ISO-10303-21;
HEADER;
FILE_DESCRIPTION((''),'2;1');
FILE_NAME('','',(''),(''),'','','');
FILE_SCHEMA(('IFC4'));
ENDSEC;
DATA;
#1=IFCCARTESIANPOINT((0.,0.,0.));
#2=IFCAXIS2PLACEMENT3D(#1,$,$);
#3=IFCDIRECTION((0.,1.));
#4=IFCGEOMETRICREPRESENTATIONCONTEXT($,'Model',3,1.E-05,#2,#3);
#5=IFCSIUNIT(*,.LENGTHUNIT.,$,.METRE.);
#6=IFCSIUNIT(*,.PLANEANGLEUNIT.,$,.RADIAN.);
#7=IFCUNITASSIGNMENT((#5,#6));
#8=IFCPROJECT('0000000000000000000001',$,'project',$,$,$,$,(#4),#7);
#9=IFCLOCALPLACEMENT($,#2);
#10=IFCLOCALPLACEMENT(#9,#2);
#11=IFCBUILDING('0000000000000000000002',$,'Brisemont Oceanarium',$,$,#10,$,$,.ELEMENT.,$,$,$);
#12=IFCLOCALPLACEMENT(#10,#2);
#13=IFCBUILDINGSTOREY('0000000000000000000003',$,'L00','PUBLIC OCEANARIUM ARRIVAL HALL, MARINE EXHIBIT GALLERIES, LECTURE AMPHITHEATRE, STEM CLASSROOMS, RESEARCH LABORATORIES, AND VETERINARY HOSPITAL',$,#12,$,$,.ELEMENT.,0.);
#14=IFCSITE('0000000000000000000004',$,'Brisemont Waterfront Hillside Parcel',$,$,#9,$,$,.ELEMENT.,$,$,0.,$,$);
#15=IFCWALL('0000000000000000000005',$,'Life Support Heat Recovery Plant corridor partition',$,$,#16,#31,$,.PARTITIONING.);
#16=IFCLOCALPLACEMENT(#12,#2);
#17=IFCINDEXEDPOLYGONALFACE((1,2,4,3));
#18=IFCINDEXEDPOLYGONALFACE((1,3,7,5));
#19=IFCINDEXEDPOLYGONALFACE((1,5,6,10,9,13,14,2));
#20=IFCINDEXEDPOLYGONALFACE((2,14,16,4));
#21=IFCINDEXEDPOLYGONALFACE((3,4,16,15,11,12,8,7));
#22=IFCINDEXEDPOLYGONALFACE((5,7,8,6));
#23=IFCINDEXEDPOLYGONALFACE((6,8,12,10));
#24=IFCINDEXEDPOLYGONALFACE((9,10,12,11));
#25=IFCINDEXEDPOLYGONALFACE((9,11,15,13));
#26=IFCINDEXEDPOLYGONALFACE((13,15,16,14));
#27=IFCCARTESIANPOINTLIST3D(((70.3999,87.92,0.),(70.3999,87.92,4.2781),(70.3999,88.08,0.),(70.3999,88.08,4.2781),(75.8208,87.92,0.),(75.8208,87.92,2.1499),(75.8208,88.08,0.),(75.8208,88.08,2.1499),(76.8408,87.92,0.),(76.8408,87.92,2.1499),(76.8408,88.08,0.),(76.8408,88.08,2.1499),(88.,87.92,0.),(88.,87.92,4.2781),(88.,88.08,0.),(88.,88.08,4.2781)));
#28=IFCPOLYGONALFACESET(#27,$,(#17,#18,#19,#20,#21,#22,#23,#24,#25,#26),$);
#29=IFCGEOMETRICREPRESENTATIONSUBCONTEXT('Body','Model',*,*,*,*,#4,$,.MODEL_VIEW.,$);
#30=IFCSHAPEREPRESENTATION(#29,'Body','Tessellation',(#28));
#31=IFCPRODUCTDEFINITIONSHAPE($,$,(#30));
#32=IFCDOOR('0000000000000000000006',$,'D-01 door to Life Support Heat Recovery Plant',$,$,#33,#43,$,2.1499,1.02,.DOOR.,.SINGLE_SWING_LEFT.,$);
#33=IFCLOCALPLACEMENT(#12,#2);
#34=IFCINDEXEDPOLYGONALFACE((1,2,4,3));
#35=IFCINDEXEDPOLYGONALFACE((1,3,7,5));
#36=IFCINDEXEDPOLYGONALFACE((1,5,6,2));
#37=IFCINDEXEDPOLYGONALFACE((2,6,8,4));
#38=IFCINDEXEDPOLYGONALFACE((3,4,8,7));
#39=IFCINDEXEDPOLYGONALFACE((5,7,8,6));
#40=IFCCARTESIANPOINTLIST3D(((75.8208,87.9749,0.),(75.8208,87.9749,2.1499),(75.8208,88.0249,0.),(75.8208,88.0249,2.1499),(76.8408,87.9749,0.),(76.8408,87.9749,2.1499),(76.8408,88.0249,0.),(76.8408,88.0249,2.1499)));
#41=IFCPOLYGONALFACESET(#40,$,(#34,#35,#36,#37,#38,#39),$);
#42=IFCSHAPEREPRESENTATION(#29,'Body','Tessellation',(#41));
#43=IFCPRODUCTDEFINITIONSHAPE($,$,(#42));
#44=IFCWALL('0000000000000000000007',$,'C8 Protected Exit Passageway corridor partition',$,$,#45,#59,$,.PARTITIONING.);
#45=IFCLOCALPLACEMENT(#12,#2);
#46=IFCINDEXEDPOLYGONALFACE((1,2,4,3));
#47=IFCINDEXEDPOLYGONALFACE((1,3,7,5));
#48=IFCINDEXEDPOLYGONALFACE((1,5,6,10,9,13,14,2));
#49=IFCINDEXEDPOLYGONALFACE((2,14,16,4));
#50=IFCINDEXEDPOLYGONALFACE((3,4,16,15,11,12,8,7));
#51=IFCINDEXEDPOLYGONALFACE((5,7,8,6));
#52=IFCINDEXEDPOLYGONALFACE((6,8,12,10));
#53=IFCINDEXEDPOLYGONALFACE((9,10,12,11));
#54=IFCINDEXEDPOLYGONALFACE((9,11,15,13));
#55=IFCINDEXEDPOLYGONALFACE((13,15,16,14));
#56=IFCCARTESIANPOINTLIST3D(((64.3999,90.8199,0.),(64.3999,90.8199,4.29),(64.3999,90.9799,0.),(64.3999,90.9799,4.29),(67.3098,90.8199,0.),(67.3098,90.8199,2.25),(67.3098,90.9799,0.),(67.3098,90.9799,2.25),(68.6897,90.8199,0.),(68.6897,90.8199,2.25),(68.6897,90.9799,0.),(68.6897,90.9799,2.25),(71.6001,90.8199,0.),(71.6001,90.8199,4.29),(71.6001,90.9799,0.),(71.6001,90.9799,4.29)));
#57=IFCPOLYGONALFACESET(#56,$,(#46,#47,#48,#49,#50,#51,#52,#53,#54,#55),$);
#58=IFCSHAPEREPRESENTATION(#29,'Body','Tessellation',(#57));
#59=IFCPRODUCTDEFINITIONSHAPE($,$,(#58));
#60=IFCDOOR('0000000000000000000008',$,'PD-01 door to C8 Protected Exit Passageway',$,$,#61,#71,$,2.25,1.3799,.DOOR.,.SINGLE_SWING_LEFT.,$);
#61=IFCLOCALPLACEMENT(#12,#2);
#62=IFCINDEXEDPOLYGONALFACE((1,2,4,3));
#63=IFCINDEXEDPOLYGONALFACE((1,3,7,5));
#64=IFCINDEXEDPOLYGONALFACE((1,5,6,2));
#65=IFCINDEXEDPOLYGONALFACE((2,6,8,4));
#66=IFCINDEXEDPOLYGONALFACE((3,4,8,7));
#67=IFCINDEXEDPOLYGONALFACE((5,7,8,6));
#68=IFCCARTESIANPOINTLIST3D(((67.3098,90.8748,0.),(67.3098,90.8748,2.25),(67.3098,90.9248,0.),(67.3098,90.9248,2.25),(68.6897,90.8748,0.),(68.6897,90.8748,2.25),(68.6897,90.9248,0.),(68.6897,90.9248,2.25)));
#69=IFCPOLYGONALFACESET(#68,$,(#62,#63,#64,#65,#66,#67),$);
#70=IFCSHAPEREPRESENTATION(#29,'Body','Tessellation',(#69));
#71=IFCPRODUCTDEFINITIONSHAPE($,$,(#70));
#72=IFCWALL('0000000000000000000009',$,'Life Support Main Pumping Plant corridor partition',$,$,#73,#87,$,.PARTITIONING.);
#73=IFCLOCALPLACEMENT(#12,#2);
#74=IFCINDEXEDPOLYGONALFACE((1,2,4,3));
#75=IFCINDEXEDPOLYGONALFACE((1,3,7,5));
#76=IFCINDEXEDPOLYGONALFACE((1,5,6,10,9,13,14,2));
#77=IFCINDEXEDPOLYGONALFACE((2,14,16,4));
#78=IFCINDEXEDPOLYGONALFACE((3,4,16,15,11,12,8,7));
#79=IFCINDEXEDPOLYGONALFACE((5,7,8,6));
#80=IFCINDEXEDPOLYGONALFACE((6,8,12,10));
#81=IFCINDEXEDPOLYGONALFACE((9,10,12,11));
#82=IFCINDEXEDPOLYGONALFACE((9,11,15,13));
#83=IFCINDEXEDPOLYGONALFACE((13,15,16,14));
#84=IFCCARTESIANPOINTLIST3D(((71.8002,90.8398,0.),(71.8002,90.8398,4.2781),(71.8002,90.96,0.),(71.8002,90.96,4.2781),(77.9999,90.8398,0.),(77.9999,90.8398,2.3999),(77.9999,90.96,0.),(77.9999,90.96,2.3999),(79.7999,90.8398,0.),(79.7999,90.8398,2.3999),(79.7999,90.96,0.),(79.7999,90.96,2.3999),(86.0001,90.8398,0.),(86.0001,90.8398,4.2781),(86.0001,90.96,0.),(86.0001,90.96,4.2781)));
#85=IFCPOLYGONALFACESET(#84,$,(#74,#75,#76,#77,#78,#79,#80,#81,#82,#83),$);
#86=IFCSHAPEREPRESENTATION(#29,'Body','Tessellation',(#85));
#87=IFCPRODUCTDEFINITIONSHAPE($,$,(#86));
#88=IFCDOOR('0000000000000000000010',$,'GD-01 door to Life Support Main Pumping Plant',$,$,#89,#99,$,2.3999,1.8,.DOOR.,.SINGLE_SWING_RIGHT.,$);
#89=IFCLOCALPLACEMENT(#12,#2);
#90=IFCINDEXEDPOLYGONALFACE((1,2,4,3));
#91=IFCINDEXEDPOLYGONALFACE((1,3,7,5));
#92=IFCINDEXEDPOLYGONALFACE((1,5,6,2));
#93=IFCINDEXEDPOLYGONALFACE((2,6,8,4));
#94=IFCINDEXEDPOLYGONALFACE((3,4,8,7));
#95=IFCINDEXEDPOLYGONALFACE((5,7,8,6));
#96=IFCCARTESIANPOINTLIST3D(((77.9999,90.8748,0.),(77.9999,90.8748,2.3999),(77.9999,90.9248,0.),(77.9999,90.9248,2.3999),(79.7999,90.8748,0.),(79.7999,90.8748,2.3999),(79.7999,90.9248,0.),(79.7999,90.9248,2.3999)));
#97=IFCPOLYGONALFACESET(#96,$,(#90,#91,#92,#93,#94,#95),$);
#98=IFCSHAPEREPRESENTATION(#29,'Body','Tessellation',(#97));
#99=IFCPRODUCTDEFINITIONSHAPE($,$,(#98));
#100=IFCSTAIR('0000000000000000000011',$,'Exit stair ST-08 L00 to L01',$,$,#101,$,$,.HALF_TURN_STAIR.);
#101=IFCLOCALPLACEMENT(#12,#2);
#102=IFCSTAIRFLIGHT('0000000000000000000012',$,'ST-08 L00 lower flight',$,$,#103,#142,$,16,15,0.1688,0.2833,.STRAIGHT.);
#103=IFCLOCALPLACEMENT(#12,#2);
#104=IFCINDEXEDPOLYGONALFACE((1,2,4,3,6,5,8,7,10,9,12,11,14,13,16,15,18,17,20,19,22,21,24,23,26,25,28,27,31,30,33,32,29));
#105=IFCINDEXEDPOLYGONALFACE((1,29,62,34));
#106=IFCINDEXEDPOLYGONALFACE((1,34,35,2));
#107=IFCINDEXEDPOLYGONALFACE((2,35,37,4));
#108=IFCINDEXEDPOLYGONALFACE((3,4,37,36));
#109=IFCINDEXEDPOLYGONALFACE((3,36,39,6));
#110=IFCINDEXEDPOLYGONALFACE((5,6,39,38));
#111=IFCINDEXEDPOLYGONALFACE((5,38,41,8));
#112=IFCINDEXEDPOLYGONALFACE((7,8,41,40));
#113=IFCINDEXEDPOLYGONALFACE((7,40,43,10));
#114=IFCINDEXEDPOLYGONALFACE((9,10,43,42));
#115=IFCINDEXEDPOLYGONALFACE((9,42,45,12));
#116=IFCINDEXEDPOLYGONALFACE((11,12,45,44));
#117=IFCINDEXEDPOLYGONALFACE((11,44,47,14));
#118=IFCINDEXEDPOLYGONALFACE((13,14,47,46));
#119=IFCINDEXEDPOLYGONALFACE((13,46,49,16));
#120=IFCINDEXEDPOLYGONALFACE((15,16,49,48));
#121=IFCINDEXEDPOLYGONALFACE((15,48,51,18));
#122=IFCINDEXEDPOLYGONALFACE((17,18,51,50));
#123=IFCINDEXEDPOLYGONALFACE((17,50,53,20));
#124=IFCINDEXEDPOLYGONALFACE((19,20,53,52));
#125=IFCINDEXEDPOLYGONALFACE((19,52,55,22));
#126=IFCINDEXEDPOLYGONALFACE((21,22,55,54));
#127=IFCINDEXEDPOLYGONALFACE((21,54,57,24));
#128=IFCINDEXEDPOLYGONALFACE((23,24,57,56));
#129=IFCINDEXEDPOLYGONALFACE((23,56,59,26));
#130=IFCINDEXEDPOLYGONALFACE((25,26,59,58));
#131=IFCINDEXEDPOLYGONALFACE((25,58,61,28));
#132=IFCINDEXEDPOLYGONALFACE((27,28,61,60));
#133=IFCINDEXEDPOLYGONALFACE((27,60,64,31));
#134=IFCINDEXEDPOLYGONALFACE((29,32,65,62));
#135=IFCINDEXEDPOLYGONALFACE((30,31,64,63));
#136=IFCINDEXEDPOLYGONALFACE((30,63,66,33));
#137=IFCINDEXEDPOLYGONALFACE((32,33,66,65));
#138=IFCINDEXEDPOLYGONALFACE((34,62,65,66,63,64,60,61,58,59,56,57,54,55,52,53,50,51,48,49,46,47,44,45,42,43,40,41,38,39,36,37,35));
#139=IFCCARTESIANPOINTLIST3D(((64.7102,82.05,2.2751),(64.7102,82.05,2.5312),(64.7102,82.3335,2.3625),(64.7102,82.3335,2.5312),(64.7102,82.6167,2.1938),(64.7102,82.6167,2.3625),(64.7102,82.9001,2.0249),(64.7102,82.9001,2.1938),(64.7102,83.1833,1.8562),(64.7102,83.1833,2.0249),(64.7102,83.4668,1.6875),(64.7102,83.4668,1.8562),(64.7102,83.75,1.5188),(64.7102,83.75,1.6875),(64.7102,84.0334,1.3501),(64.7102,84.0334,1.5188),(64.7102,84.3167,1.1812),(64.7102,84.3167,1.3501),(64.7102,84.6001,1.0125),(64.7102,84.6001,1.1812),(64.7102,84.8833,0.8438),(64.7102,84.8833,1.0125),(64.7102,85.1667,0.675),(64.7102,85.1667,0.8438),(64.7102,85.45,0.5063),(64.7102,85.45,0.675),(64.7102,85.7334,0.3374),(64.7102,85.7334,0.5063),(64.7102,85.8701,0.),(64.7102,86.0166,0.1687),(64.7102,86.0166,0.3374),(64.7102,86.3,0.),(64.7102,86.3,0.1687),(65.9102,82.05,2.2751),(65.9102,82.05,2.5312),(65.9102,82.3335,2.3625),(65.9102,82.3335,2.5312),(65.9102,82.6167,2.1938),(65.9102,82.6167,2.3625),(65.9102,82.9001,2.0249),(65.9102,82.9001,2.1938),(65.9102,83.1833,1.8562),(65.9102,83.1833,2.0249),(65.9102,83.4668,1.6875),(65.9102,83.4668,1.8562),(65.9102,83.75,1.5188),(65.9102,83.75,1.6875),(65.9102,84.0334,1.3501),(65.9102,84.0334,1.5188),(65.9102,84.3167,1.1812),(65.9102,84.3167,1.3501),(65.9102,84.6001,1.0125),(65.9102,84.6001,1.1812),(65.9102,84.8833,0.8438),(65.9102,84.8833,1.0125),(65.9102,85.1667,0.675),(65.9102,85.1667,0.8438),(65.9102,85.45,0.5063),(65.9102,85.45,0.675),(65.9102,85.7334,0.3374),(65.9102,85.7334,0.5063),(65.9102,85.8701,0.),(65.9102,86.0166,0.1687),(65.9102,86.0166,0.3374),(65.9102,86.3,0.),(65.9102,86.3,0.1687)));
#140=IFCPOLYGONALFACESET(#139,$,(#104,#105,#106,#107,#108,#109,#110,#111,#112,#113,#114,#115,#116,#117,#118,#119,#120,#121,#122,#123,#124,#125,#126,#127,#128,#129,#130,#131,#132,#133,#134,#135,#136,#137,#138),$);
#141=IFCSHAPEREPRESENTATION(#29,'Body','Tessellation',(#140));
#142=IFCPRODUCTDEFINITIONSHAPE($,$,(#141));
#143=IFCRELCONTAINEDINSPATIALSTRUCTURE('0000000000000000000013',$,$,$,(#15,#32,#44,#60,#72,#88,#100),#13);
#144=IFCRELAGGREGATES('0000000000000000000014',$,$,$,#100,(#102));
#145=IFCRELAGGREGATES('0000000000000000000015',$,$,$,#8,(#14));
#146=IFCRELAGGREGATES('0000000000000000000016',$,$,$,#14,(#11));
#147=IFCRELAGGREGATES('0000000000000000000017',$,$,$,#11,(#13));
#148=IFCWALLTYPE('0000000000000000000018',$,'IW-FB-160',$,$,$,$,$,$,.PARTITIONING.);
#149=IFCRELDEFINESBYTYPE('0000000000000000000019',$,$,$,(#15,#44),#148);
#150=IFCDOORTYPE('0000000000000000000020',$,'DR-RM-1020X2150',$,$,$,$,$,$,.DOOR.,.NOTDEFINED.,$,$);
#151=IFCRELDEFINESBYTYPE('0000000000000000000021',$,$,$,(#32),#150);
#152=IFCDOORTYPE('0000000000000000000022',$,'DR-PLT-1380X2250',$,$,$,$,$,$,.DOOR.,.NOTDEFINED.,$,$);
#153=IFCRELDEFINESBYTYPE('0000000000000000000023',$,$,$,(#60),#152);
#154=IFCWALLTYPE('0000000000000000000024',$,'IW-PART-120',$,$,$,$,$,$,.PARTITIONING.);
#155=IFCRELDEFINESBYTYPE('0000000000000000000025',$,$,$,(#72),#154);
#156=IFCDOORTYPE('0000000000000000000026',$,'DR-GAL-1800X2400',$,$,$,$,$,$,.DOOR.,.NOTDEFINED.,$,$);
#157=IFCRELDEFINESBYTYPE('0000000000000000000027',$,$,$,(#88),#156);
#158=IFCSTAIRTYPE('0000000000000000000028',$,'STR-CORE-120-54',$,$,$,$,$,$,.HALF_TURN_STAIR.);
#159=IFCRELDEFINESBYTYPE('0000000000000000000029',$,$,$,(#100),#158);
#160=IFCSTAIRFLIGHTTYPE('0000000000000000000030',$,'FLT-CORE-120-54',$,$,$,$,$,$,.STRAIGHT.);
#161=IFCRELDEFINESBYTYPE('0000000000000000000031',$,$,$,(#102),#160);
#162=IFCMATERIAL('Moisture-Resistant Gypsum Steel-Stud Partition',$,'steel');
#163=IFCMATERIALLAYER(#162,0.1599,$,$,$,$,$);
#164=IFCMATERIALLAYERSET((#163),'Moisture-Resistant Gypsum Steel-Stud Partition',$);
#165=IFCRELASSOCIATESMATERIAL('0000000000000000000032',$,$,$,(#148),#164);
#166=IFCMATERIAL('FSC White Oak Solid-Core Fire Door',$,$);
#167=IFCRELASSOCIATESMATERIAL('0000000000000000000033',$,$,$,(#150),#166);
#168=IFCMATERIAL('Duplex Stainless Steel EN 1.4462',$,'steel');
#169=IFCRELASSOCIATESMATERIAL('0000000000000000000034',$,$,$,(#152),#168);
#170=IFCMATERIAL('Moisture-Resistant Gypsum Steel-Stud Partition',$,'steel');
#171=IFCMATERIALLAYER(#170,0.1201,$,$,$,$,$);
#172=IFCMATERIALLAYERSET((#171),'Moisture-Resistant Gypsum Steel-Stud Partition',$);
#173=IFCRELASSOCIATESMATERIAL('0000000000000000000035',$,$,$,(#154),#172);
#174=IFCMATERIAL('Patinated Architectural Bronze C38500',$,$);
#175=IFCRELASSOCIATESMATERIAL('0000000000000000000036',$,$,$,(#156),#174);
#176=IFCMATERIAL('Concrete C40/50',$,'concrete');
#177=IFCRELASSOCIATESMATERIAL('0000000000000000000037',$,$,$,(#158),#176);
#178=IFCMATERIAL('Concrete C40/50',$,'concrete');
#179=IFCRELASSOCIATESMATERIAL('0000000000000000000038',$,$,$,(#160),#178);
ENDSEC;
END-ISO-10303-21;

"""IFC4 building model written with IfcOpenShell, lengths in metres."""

from ifc_helpers import new_model, si_unit, direction, frame, frame_2d, origin, place, context, subcontext, project, spatial, polyline, rectangle, outline, extrude, material, layer, layer_set, type_object, element, fill, aggregate, save


model = new_model("IFC4")

# Units and contexts
model_context = context("Model", 3, precision=1e-05, world=origin(), true_north=direction((0.0, 1.0)))
body_context = subcontext(model_context, "Body", "Model", "MODEL_VIEW")
ifc_project = project(units=[si_unit("LENGTHUNIT", "METRE"), si_unit("PLANEANGLEUNIT", "RADIAN")], contexts=[model_context])

# Site, building, storey
site_placement = place(None, origin())
site = spatial("IfcSite", under=ifc_project, at=site_placement, Name="Brisemont Waterfront Hillside Parcel", CompositionType="ELEMENT", RefElevation=0.0)
building_placement = place(site_placement, origin())
building = spatial("IfcBuilding", under=site, at=building_placement, Name="Brisemont Oceanarium", CompositionType="ELEMENT")
storey_placement = place(building_placement, origin())
storey = spatial("IfcBuildingStorey", under=building, at=storey_placement, Name="L00", Description="PUBLIC OCEANARIUM ARRIVAL HALL, MARINE EXHIBIT GALLERIES, LECTURE AMPHITHEATRE, STEM CLASSROOMS, RESEARCH LABORATORIES, AND VETERINARY HOSPITAL", CompositionType="ELEMENT", Elevation=0.0)

# Walls, openings, doors
ifc_material_1 = material(Name="Moisture-Resistant Gypsum Steel-Stud Partition", Category="steel")
ifc_layer_1 = layer(ifc_material_1, 0.1599)
ifc_layer_set_1 = layer_set([ifc_layer_1], Name="Moisture-Resistant Gypsum Steel-Stud Partition")
wall_type_1 = type_object("IfcWallType", Name="IW-FB-160", PredefinedType="PARTITIONING", material=ifc_layer_set_1)
wall_1_placement = place(storey_placement, frame((70.3999, 88.0, 0.0), z_axis=(0.0, 0.0, 1.0), x_axis=(1.0, 0.0, 0.0)))
wall_1 = element("IfcWall", 1, at=wall_1_placement, inside=storey, type_object=wall_type_1, Name="Life Support Heat Recovery Plant corridor partition", PredefinedType="PARTITIONING", context=body_context, shape_type="SweptSolid", body=[
    extrude(rectangle(XDim=17.6001, YDim=0.1599, at=frame_2d((8.8, 0.0))), origin(), (0.0, 0.0, 1.0), 4.2781),
])
opening_1_placement = place(wall_1_placement, frame((5.4209, 0.0, 0.0)))
opening_1 = element("IfcOpeningElement", 2, at=opening_1_placement, cuts=wall_1, PredefinedType="OPENING", context=body_context, shape_type="SweptSolid", body=[
    extrude(rectangle(XDim=1.02, YDim=2.1499, at=frame_2d((0.51, 1.075))), frame((0.0, 0.0898, 0.0), z_axis=(0.0, -1.0, 0.0), x_axis=(1.0, 0.0, 0.0)), (0.0, 0.0, 1.0), 0.1799),
])
ifc_material_2 = material(Name="FSC White Oak Solid-Core Fire Door")
door_type_1 = type_object("IfcDoorType", Name="DR-RM-1020X2150", OperationType="NOTDEFINED", PredefinedType="DOOR", material=ifc_material_2)
door_1_placement = place(opening_1_placement, origin())
door_1 = element("IfcDoor", 3, at=door_1_placement, inside=storey, type_object=door_type_1, Name="D-01 door to Life Support Heat Recovery Plant", OperationType="SINGLE_SWING_LEFT", OverallHeight=2.1499, OverallWidth=1.02, PredefinedType="DOOR", context=body_context, shape_type="SweptSolid", body=[
    extrude(rectangle(XDim=1.02, YDim=2.1499, at=frame_2d((0.51, 1.075))), frame((0.0, 0.0249, 0.0), z_axis=(0.0, -1.0, 0.0), x_axis=(1.0, 0.0, 0.0)), (0.0, 0.0, 1.0), 0.05),
])
fill(opening_1, door_1)
wall_2_placement = place(storey_placement, frame((64.3999, 90.8999, 0.0), z_axis=(0.0, 0.0, 1.0), x_axis=(1.0, 0.0, 0.0)))
wall_2 = element("IfcWall", 4, at=wall_2_placement, inside=storey, type_object=wall_type_1, Name="C8 Protected Exit Passageway corridor partition", PredefinedType="PARTITIONING", context=body_context, shape_type="SweptSolid", body=[
    extrude(rectangle(XDim=7.2002, YDim=0.1599, at=frame_2d((3.6001, 0.0))), origin(), (0.0, 0.0, 1.0), 4.29),
])
opening_2_placement = place(wall_2_placement, frame((2.9099, 0.0, 0.0)))
opening_2 = element("IfcOpeningElement", 5, at=opening_2_placement, cuts=wall_2, PredefinedType="OPENING", context=body_context, shape_type="SweptSolid", body=[
    extrude(rectangle(XDim=1.3799, YDim=2.25, at=frame_2d((0.6899, 1.125))), frame((0.0, 0.0898, 0.0), z_axis=(0.0, -1.0, 0.0), x_axis=(1.0, 0.0, 0.0)), (0.0, 0.0, 1.0), 0.1799),
])
ifc_material_3 = material(Name="Duplex Stainless Steel EN 1.4462", Category="steel")
door_type_2 = type_object("IfcDoorType", Name="DR-PLT-1380X2250", OperationType="NOTDEFINED", PredefinedType="DOOR", material=ifc_material_3)
door_2_placement = place(opening_2_placement, origin())
door_2 = element("IfcDoor", 6, at=door_2_placement, inside=storey, type_object=door_type_2, Name="PD-01 door to C8 Protected Exit Passageway", OperationType="SINGLE_SWING_LEFT", OverallHeight=2.25, OverallWidth=1.3799, PredefinedType="DOOR", context=body_context, shape_type="SweptSolid", body=[
    extrude(rectangle(XDim=1.3799, YDim=2.25, at=frame_2d((0.6899, 1.125))), frame((0.0, 0.0249, 0.0), z_axis=(0.0, -1.0, 0.0), x_axis=(1.0, 0.0, 0.0)), (0.0, 0.0, 1.0), 0.05),
])
fill(opening_2, door_2)
ifc_material_4 = material(Name="Moisture-Resistant Gypsum Steel-Stud Partition", Category="steel")
ifc_layer_2 = layer(ifc_material_4, 0.1201)
ifc_layer_set_2 = layer_set([ifc_layer_2], Name="Moisture-Resistant Gypsum Steel-Stud Partition")
wall_type_2 = type_object("IfcWallType", Name="IW-PART-120", PredefinedType="PARTITIONING", material=ifc_layer_set_2)
wall_3_placement = place(storey_placement, frame((71.8, 90.8999, 0.0), z_axis=(0.0, 0.0, 1.0), x_axis=(1.0, 0.0, 0.0)))
wall_3 = element("IfcWall", 7, at=wall_3_placement, inside=storey, type_object=wall_type_2, Name="Life Support Main Pumping Plant corridor partition", PredefinedType="PARTITIONING", context=body_context, shape_type="SweptSolid", body=[
    extrude(rectangle(XDim=14.2, YDim=0.1201, at=frame_2d((7.1001, 0.0))), origin(), (0.0, 0.0, 1.0), 4.2781),
])
opening_3_placement = place(wall_3_placement, frame((6.2, 0.0, 0.0)))
opening_3 = element("IfcOpeningElement", 8, at=opening_3_placement, cuts=wall_3, PredefinedType="OPENING", context=body_context, shape_type="SweptSolid", body=[
    extrude(rectangle(XDim=1.8, YDim=2.3999, at=frame_2d((0.8999, 1.2))), frame((0.0, 0.0701, 0.0), z_axis=(0.0, -1.0, 0.0), x_axis=(1.0, 0.0, 0.0)), (0.0, 0.0, 1.0), 0.1401),
])
ifc_material_5 = material(Name="Patinated Architectural Bronze C38500")
door_type_3 = type_object("IfcDoorType", Name="DR-GAL-1800X2400", OperationType="NOTDEFINED", PredefinedType="DOOR", material=ifc_material_5)
door_3_placement = place(opening_3_placement, origin())
door_3 = element("IfcDoor", 9, at=door_3_placement, inside=storey, type_object=door_type_3, Name="GD-01 door to Life Support Main Pumping Plant", OperationType="SINGLE_SWING_RIGHT", OverallHeight=2.3999, OverallWidth=1.8, PredefinedType="DOOR", context=body_context, shape_type="SweptSolid", body=[
    extrude(rectangle(XDim=1.8, YDim=2.3999, at=frame_2d((0.8999, 1.2))), frame((0.0, 0.0249, 0.0), z_axis=(0.0, -1.0, 0.0), x_axis=(1.0, 0.0, 0.0)), (0.0, 0.0, 1.0), 0.05),
])
fill(opening_3, door_3)

# Stair, stair flight
ifc_material_6 = material(Name="Concrete C40/50", Category="concrete")
stair_type = type_object("IfcStairType", Name="STR-CORE-120-54", PredefinedType="HALF_TURN_STAIR", material=ifc_material_6)
stair_placement = place(storey_placement, origin())
stair = element("IfcStair", 10, at=stair_placement, inside=storey, type_object=stair_type, Name="Exit stair ST-08 L00 to L01", PredefinedType="HALF_TURN_STAIR")
ifc_material_7 = material(Name="Concrete C40/50", Category="concrete")
stair_flight_type = type_object("IfcStairFlightType", Name="FLT-CORE-120-54", PredefinedType="STRAIGHT", material=ifc_material_7)
stair_flight_1_placement = place(storey_placement, frame((65.3101, 86.3, 0.0), z_axis=(0.0, 0.0, 1.0), x_axis=(0.0, -1.0, 0.0)))
stair_flight_1 = element("IfcStairFlight", 11, at=stair_flight_1_placement, type_object=stair_flight_type, Name="ST-08 L00 lower flight", NumberOfRisers=16, NumberOfTreads=15, PredefinedType="STRAIGHT", RiserHeight=0.1688, TreadLength=0.2833, context=body_context, shape_type="SweptSolid", body=[
    extrude(outline(polyline([(0.0, 0.0), (0.0, 0.1687), (0.2834, 0.1687), (0.2834, 0.3374), (0.5667, 0.3374), (0.5667, 0.5063), (0.8501, 0.5063), (0.8501, 0.675), (1.1333, 0.675), (1.1333, 0.8438), (1.4167, 0.8438), (1.4167, 1.0125), (1.7, 1.0125), (1.7, 1.1812), (1.9834, 1.1812), (1.9834, 1.3501), (2.2666, 1.3501), (2.2666, 1.5188), (2.55, 1.5188), (2.55, 1.6875), (2.8333, 1.6875), (2.8333, 1.8562), (3.1167, 1.8562), (3.1167, 2.0249), (3.3999, 2.0249), (3.3999, 2.1938), (3.6833, 2.1938), (3.6833, 2.3625), (3.9666, 2.3625), (3.9666, 2.5312), (4.25, 2.5312), (4.25, 2.7), (4.25, 2.2751), (0.4299, 0.0), (0.0, 0.0)])), frame((0.0, 0.6001, 0.0), z_axis=(0.0, -1.0, 0.0), x_axis=(1.0, 0.0, 0.0)), (0.0, 0.0, 1.0), 1.2),
])
aggregate(stair, [stair_flight_1])

save(model, "model.ifc")
